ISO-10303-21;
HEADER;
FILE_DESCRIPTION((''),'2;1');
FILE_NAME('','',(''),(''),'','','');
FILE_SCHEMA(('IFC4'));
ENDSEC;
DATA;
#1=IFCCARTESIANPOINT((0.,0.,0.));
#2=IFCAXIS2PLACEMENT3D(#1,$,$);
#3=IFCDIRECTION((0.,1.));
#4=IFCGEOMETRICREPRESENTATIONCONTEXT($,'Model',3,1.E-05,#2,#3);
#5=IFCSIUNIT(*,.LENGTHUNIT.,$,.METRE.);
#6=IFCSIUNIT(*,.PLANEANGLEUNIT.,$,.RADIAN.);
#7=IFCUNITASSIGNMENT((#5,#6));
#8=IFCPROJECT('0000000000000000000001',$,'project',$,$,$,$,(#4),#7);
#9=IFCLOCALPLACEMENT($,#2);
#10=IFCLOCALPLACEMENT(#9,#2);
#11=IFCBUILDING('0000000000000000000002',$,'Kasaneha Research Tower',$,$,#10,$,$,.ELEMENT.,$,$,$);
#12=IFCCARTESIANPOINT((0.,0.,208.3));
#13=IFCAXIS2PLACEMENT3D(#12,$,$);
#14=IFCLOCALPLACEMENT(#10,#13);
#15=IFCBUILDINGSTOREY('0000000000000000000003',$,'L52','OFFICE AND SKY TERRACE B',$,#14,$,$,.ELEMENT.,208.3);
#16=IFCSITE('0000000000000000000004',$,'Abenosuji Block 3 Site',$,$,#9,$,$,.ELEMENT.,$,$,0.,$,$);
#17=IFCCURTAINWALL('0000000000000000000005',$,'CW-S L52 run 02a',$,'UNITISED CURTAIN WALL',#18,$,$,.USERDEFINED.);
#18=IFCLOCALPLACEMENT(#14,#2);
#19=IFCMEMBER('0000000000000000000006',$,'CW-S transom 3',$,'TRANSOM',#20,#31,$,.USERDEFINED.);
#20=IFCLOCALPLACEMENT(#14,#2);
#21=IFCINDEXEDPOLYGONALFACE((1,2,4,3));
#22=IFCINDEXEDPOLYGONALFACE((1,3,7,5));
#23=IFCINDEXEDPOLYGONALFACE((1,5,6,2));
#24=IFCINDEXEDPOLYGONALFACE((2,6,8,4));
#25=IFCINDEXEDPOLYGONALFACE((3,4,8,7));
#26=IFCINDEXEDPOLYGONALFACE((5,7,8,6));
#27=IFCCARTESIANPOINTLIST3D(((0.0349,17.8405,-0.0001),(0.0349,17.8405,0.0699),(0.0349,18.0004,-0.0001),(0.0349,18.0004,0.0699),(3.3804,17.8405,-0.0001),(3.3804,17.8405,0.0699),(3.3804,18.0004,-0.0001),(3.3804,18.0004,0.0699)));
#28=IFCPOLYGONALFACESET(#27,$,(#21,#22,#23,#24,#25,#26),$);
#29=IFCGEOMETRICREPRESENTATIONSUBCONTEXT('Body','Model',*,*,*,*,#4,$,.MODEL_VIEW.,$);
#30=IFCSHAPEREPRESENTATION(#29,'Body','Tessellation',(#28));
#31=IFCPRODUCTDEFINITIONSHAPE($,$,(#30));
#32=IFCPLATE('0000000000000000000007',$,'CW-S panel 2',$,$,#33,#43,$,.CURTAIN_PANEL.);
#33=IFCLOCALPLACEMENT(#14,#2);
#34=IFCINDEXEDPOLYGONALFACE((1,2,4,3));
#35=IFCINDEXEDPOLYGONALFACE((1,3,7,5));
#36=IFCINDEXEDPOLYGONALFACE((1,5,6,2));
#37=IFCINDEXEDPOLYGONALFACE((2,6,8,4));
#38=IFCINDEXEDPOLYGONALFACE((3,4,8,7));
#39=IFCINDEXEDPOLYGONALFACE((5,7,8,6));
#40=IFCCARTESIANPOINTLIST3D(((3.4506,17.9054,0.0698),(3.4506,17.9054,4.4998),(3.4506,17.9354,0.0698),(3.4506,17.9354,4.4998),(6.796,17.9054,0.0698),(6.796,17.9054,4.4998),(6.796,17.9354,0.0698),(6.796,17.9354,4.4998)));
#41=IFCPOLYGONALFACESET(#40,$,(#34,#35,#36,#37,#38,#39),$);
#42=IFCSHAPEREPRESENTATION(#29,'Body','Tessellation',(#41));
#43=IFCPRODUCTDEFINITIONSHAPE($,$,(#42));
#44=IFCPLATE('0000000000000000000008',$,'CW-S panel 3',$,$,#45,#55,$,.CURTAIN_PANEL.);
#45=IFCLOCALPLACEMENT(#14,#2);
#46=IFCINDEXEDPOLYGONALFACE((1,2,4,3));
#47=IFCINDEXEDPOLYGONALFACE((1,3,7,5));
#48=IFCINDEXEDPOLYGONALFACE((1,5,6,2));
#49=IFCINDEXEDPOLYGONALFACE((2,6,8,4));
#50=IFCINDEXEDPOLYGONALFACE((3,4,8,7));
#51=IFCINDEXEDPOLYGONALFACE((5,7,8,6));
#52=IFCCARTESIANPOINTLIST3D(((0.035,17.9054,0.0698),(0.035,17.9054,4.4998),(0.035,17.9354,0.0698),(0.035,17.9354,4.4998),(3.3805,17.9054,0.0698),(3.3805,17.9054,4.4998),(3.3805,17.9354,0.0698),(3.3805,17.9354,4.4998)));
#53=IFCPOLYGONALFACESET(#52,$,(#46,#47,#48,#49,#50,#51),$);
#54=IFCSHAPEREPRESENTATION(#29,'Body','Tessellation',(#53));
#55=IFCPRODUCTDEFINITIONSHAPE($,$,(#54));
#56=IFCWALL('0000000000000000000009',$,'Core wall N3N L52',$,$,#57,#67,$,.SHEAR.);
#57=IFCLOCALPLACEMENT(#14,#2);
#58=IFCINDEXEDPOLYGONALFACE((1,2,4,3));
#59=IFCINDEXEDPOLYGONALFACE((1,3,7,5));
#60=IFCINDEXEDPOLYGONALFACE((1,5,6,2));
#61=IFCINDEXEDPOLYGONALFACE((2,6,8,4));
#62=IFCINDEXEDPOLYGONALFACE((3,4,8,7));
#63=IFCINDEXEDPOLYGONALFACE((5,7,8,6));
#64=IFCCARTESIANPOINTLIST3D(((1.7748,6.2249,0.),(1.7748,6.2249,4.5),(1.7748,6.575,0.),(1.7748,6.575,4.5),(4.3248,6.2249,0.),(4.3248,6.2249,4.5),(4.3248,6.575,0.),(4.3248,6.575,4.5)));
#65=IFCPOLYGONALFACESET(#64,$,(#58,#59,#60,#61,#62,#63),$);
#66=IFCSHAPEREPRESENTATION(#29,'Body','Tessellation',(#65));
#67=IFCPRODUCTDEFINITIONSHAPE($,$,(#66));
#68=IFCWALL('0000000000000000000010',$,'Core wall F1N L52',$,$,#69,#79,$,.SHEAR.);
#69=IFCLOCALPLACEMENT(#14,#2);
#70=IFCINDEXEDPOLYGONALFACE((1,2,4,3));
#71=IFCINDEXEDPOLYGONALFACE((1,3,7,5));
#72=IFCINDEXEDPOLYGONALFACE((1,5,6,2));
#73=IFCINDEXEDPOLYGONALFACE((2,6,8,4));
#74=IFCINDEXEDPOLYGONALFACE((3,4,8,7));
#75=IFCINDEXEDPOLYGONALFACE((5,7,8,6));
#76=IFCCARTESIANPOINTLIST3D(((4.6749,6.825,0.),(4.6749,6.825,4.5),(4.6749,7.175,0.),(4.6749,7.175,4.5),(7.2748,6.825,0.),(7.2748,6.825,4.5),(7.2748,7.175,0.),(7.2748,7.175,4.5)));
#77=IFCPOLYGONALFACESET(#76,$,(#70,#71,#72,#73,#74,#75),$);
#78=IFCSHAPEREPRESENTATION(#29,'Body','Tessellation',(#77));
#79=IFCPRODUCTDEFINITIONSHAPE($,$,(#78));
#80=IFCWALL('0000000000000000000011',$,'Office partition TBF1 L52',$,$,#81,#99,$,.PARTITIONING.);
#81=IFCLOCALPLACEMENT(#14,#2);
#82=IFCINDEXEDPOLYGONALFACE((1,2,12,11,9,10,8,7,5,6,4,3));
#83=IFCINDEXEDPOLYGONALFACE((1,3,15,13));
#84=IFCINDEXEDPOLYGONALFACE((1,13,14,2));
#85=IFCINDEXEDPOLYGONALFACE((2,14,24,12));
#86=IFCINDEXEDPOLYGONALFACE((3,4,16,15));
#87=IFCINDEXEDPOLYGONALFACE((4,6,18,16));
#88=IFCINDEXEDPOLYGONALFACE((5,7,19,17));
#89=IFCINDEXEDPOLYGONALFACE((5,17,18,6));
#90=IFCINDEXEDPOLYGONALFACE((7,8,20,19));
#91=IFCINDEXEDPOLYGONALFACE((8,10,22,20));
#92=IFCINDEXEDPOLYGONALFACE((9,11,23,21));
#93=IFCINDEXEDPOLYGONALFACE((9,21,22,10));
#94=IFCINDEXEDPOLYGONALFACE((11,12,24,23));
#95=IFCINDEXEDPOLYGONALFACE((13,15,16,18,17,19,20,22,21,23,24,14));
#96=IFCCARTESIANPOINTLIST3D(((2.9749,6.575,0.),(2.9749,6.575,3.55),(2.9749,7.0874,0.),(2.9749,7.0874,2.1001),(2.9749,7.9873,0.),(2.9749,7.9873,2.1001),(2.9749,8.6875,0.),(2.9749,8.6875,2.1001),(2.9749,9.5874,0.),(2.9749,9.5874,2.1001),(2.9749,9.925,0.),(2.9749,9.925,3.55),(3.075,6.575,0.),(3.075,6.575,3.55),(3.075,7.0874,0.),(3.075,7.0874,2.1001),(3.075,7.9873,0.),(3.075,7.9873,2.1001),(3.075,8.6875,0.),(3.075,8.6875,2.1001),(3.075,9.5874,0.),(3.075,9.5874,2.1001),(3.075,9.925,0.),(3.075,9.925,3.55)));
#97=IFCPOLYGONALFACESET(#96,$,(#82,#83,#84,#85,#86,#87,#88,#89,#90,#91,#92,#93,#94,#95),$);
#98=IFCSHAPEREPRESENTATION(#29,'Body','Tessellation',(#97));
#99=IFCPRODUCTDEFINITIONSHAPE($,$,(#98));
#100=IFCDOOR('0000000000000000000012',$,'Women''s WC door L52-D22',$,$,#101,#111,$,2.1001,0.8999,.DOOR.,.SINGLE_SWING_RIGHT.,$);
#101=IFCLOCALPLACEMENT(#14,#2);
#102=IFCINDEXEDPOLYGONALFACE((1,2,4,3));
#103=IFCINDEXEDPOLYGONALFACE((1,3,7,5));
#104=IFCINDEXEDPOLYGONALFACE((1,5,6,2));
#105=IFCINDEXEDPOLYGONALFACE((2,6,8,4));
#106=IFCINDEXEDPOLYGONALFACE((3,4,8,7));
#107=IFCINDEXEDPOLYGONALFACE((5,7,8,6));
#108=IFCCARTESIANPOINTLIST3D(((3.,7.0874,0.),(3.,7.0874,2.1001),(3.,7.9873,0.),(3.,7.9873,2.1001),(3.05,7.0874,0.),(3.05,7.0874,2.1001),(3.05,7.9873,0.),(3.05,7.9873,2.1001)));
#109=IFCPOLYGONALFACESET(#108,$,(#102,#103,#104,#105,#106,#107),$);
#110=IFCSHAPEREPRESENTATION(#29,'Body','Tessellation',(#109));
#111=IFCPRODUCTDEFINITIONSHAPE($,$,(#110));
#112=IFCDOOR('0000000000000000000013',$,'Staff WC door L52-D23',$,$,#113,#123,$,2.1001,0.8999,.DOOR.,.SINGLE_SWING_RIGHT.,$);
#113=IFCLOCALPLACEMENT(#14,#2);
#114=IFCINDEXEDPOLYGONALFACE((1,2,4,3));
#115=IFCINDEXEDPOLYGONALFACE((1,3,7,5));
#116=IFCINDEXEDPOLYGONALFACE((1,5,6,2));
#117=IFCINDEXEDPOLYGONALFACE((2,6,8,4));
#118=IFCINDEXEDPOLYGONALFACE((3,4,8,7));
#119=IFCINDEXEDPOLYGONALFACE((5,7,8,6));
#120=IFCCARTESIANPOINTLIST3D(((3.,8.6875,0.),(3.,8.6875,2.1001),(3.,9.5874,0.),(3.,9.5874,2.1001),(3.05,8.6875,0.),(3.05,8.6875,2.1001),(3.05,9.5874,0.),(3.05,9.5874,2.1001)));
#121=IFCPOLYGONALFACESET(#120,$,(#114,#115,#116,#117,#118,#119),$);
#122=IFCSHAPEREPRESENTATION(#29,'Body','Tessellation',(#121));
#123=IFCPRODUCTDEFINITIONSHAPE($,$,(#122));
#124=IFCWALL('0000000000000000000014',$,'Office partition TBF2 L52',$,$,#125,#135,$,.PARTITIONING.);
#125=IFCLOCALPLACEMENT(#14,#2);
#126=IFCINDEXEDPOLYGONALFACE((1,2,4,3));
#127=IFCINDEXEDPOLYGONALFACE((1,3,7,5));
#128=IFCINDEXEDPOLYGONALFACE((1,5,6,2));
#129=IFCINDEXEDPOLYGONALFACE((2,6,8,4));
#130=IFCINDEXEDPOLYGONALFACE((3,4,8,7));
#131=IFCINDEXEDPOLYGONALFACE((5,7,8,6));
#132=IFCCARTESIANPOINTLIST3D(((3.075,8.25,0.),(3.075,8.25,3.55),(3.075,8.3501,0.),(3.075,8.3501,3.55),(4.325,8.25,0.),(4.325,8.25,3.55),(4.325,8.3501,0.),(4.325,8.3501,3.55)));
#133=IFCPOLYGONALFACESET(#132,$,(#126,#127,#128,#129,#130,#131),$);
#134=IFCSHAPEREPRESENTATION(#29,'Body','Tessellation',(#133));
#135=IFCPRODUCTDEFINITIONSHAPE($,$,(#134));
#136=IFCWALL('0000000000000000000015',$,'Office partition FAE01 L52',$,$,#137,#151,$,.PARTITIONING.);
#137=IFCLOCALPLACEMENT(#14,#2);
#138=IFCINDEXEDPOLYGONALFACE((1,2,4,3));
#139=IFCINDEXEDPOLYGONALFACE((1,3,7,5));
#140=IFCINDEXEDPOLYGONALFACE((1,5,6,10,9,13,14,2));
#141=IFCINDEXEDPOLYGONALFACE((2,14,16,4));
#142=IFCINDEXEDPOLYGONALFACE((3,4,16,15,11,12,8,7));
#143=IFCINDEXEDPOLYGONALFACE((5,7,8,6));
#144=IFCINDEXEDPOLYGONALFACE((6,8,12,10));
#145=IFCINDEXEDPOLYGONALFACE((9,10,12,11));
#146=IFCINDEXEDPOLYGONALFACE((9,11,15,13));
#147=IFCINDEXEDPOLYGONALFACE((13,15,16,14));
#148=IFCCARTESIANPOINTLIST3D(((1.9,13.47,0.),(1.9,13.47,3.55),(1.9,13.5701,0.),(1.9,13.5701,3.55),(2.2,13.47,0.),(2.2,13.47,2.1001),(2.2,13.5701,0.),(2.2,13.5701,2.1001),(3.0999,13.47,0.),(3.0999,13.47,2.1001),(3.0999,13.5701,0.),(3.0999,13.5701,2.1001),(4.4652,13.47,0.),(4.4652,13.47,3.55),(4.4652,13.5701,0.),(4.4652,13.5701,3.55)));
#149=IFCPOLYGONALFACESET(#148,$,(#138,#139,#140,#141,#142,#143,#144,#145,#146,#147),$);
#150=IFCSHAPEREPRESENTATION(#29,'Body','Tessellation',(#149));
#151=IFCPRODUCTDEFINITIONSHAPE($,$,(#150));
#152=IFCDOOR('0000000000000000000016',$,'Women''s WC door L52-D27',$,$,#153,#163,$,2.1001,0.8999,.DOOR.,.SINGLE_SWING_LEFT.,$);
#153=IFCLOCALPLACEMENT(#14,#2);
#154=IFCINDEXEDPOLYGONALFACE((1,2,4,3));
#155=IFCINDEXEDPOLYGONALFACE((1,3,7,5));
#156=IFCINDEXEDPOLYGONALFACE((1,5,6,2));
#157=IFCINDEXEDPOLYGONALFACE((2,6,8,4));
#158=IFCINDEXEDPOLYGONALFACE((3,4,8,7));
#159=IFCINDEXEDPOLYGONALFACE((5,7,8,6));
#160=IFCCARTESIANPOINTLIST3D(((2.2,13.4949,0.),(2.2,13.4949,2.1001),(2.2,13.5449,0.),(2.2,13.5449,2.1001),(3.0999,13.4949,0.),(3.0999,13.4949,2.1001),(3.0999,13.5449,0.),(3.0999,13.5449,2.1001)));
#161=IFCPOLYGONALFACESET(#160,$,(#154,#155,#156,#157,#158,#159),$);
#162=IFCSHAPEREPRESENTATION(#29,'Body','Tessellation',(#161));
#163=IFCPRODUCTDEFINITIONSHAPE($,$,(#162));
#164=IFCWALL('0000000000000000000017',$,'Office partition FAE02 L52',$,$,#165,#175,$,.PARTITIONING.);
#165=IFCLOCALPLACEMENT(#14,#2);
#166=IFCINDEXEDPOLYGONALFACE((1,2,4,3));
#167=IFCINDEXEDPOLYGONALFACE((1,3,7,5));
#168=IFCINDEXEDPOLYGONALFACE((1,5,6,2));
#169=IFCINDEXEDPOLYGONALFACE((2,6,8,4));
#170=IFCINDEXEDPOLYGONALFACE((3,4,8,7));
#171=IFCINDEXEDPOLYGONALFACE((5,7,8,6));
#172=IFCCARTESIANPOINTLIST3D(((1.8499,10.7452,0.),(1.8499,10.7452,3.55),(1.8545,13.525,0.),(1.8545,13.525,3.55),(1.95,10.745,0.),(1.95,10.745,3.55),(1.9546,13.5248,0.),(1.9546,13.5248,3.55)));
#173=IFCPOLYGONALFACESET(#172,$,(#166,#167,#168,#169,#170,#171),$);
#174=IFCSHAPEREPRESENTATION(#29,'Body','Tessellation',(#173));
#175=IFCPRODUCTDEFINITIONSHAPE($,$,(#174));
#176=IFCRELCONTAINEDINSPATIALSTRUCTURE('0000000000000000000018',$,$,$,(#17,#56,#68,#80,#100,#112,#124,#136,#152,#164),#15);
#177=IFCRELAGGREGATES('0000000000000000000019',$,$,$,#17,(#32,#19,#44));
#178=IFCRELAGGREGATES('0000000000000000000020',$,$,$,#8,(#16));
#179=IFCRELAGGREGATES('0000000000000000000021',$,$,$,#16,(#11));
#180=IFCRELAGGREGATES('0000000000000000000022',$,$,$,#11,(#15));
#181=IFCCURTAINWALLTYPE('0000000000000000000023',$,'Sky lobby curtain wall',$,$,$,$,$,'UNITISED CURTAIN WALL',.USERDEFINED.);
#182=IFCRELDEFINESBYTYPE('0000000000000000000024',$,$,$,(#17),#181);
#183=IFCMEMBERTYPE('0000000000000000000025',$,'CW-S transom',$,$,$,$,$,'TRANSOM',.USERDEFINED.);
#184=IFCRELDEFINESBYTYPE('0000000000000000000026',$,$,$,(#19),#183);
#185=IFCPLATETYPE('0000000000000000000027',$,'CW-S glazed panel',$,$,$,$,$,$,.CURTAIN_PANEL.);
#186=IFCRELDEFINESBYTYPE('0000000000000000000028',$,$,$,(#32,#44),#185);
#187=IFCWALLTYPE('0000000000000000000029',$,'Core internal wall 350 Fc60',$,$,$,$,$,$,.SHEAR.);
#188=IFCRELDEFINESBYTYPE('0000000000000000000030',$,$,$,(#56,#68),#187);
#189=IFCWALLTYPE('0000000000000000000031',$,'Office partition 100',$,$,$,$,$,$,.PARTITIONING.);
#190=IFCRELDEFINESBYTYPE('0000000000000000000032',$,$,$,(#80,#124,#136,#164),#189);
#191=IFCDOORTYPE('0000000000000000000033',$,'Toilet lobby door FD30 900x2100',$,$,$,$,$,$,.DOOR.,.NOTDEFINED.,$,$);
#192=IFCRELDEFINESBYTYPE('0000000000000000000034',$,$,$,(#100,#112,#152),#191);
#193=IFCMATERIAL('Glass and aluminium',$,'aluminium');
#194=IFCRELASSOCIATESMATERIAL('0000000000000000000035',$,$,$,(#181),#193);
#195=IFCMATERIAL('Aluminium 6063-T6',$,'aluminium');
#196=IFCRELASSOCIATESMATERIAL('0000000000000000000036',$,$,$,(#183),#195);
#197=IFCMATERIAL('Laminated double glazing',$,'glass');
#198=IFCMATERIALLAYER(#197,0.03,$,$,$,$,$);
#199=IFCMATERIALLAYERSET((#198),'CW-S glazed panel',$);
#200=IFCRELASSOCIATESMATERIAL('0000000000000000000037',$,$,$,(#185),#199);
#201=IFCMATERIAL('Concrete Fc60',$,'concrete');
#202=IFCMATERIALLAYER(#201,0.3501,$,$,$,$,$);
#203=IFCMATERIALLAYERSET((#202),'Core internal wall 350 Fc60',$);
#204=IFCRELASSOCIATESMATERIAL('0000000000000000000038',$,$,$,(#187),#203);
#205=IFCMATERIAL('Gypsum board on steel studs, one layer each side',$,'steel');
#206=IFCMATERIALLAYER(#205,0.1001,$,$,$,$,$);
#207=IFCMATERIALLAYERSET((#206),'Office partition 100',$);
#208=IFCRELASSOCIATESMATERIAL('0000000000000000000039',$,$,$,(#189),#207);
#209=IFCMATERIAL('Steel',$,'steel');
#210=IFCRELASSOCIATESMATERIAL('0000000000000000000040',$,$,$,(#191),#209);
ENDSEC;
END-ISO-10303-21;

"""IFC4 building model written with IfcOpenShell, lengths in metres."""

from ifc_helpers import new_model, si_unit, direction, frame, frame_2d, origin, origin_2d, place, context, subcontext, project, spatial, rectangle, extrude, material, layer, layer_set, material_profile, profile_set, type_object, element, fill, aggregate, save


model = new_model("IFC4")

# Units and contexts
model_context = context("Model", 3, precision=1e-05, world=origin(), true_north=direction((0.0, 1.0)))
body_context = subcontext(model_context, "Body", "Model", "MODEL_VIEW")
ifc_project = project(units=[si_unit("LENGTHUNIT", "METRE"), si_unit("PLANEANGLEUNIT", "RADIAN")], contexts=[model_context])

# Site, building, storey
site_placement = place(None, origin())
site = spatial("IfcSite", under=ifc_project, at=site_placement, Name="Abenosuji Block 3 Site", CompositionType="ELEMENT", RefElevation=0.0)
building_placement = place(site_placement, origin())
building = spatial("IfcBuilding", under=site, at=building_placement, Name="Kasaneha Research Tower", CompositionType="ELEMENT")
storey_placement = place(building_placement, frame((0.0, 0.0, 208.3)))
storey = spatial("IfcBuildingStorey", under=building, at=storey_placement, Name="L52", Description="OFFICE AND SKY TERRACE B", CompositionType="ELEMENT", Elevation=208.3)

# Curtain wall, member, plates
ifc_material_1 = material(Name="Glass and aluminium", Category="aluminium")
curtain_wall_type = type_object("IfcCurtainWallType", Name="Sky lobby curtain wall", ElementType="UNITISED CURTAIN WALL", PredefinedType="USERDEFINED", material=ifc_material_1)
curtain_wall_placement = place(storey_placement, origin())
curtain_wall = element("IfcCurtainWall", 1, at=curtain_wall_placement, inside=storey, type_object=curtain_wall_type, Name="CW-S L52 run 02a", ObjectType="UNITISED CURTAIN WALL", PredefinedType="USERDEFINED")
ifc_material_2 = material(Name="Aluminium 6063-T6", Category="aluminium")
ifc_material_profile = material_profile(ifc_material_2, rectangle(XDim=0.1599, YDim=0.0701, at=origin_2d()), Name="CW-S transom 160x70")
ifc_profile_set = profile_set([ifc_material_profile], Name="Aluminium 6063-T6")
member_type = type_object("IfcMemberType", Name="CW-S transom", ElementType="TRANSOM", PredefinedType="USERDEFINED", material=ifc_profile_set)
member_placement = place(storey_placement, frame((3.3804, 17.9204, 0.0349), z_axis=(-1.0, 0.0, 0.0), x_axis=(0.0, -1.0, 0.0)))
member = element("IfcMember", 2, at=member_placement, type_object=member_type, Name="CW-S transom 3", ObjectType="TRANSOM", PredefinedType="USERDEFINED", context=body_context, shape_type="SweptSolid", body=[
    extrude(rectangle(XDim=0.1599, YDim=0.0701, at=origin_2d()), origin(), (0.0, 0.0, 1.0), 3.3455),
])
ifc_material_3 = material(Name="Laminated double glazing", Category="glass")
ifc_layer_1 = layer(ifc_material_3, 0.03)
ifc_layer_set_1 = layer_set([ifc_layer_1], Name="CW-S glazed panel")
plate_type = type_object("IfcPlateType", Name="CW-S glazed panel", PredefinedType="CURTAIN_PANEL", material=ifc_layer_set_1)
plate_1_placement = place(storey_placement, frame((5.1233, 17.9204, 0.0698), z_axis=(0.0, 0.0, 1.0), x_axis=(-1.0, 0.0, 0.0)))
plate_1 = element("IfcPlate", 3, at=plate_1_placement, type_object=plate_type, Name="CW-S panel 2", PredefinedType="CURTAIN_PANEL", context=body_context, shape_type="SweptSolid", body=[
    extrude(rectangle(XDim=3.3455, YDim=0.03, at=origin_2d()), origin(), (0.0, 0.0, 1.0), 4.4299),
])
plate_2_placement = place(storey_placement, frame((1.7078, 17.9204, 0.0698), z_axis=(0.0, 0.0, 1.0), x_axis=(-1.0, 0.0, 0.0)))
plate_2 = element("IfcPlate", 4, at=plate_2_placement, type_object=plate_type, Name="CW-S panel 3", PredefinedType="CURTAIN_PANEL", context=body_context, shape_type="SweptSolid", body=[
    extrude(rectangle(XDim=3.3455, YDim=0.03, at=origin_2d()), origin(), (0.0, 0.0, 1.0), 4.4299),
])
aggregate(curtain_wall, [plate_1, member, plate_2])

# Walls
ifc_material_4 = material(Name="Concrete Fc60", Category="concrete")
ifc_layer_2 = layer(ifc_material_4, 0.3501)
ifc_layer_set_2 = layer_set([ifc_layer_2], Name="Core internal wall 350 Fc60")
wall_type_1 = type_object("IfcWallType", Name="Core internal wall 350 Fc60", PredefinedType="SHEAR", material=ifc_layer_set_2)
wall_1_placement = place(storey_placement, frame((1.7749, 6.3999, 0.0), z_axis=(0.0, 0.0, 1.0), x_axis=(1.0, 0.0, 0.0)))
element("IfcWall", 5, at=wall_1_placement, inside=storey, type_object=wall_type_1, Name="Core wall N3N L52", PredefinedType="SHEAR", context=body_context, shape_type="SweptSolid", body=[
    extrude(rectangle(XDim=2.55, YDim=0.3501, at=frame_2d((1.2749, 0.0))), origin(), (0.0, 0.0, 1.0), 4.5),
])
wall_2_placement = place(storey_placement, frame((4.675, 7.0, 0.0), z_axis=(0.0, 0.0, 1.0), x_axis=(1.0, 0.0, 0.0)))
element("IfcWall", 6, at=wall_2_placement, inside=storey, type_object=wall_type_1, Name="Core wall F1N L52", PredefinedType="SHEAR", context=body_context, shape_type="SweptSolid", body=[
    extrude(rectangle(XDim=2.5999, YDim=0.3501, at=frame_2d((1.2998, 0.0))), origin(), (0.0, 0.0, 1.0), 4.5),
])

# Wall, openings, doors
ifc_material_5 = material(Name="Gypsum board on steel studs, one layer each side", Category="steel")
ifc_layer_3 = layer(ifc_material_5, 0.1001)
ifc_layer_set_3 = layer_set([ifc_layer_3], Name="Office partition 100")
wall_type_2 = type_object("IfcWallType", Name="Office partition 100", PredefinedType="PARTITIONING", material=ifc_layer_set_3)
wall_3_placement = place(storey_placement, frame((3.0249, 6.575, 0.0), z_axis=(0.0, 0.0, 1.0), x_axis=(0.0, 1.0, 0.0)))
wall_3 = element("IfcWall", 7, at=wall_3_placement, inside=storey, type_object=wall_type_2, Name="Office partition TBF1 L52", PredefinedType="PARTITIONING", context=body_context, shape_type="SweptSolid", body=[
    extrude(rectangle(XDim=3.3501, YDim=0.1001, at=frame_2d((1.675, 0.0))), origin(), (0.0, 0.0, 1.0), 3.55),
])
opening_1_placement = place(wall_3_placement, frame((0.5125, 0.0, 0.0)))
opening_1 = element("IfcOpeningElement", 8, at=opening_1_placement, cuts=wall_3, PredefinedType="OPENING", context=body_context, shape_type="SweptSolid", body=[
    extrude(rectangle(XDim=0.8999, YDim=2.1001, at=frame_2d((0.45, 1.05))), frame((0.0, 0.0601, 0.0), z_axis=(0.0, -1.0, 0.0), x_axis=(1.0, 0.0, 0.0)), (0.0, 0.0, 1.0), 0.1201),
])
opening_2_placement = place(wall_3_placement, frame((2.1125, 0.0, 0.0)))
opening_2 = element("IfcOpeningElement", 9, at=opening_2_placement, cuts=wall_3, PredefinedType="OPENING", context=body_context, shape_type="SweptSolid", body=[
    extrude(rectangle(XDim=0.8999, YDim=2.1001, at=frame_2d((0.45, 1.05))), frame((0.0, 0.0601, 0.0), z_axis=(0.0, -1.0, 0.0), x_axis=(1.0, 0.0, 0.0)), (0.0, 0.0, 1.0), 0.1201),
])
ifc_material_6 = material(Name="Steel", Category="steel")
door_type = type_object("IfcDoorType", Name="Toilet lobby door FD30 900x2100", OperationType="NOTDEFINED", PredefinedType="DOOR", material=ifc_material_6)
door_1_placement = place(opening_1_placement, origin())
door_1 = element("IfcDoor", 10, at=door_1_placement, inside=storey, type_object=door_type, Name="Women's WC door L52-D22", OperationType="SINGLE_SWING_RIGHT", OverallHeight=2.1001, OverallWidth=0.8999, PredefinedType="DOOR", context=body_context, shape_type="SweptSolid", body=[
    extrude(rectangle(XDim=0.8999, YDim=2.1001, at=frame_2d((0.45, 1.05))), frame((0.0, 0.0249, 0.0), z_axis=(0.0, -1.0, 0.0), x_axis=(1.0, 0.0, 0.0)), (0.0, 0.0, 1.0), 0.05),
])
fill(opening_1, door_1)
door_2_placement = place(opening_2_placement, origin())
door_2 = element("IfcDoor", 11, at=door_2_placement, inside=storey, type_object=door_type, Name="Staff WC door L52-D23", OperationType="SINGLE_SWING_RIGHT", OverallHeight=2.1001, OverallWidth=0.8999, PredefinedType="DOOR", context=body_context, shape_type="SweptSolid", body=[
    extrude(rectangle(XDim=0.8999, YDim=2.1001, at=frame_2d((0.45, 1.05))), frame((0.0, 0.0249, 0.0), z_axis=(0.0, -1.0, 0.0), x_axis=(1.0, 0.0, 0.0)), (0.0, 0.0, 1.0), 0.05),
])
fill(opening_2, door_2)

# Wall
wall_4_placement = place(storey_placement, frame((3.075, 8.3, 0.0), z_axis=(0.0, 0.0, 1.0), x_axis=(1.0, 0.0, 0.0)))
element("IfcWall", 12, at=wall_4_placement, inside=storey, type_object=wall_type_2, Name="Office partition TBF2 L52", PredefinedType="PARTITIONING", context=body_context, shape_type="SweptSolid", body=[
    extrude(rectangle(XDim=1.25, YDim=0.1001, at=frame_2d((0.625, 0.0))), origin(), (0.0, 0.0, 1.0), 3.55),
])

# Wall, opening, door
wall_5_placement = place(storey_placement, frame((1.8999, 13.52, 0.0), z_axis=(0.0, 0.0, 1.0), x_axis=(1.0, 0.0, 0.0)))
wall_5 = element("IfcWall", 13, at=wall_5_placement, inside=storey, type_object=wall_type_2, Name="Office partition FAE01 L52", PredefinedType="PARTITIONING", context=body_context, shape_type="SweptSolid", body=[
    extrude(rectangle(XDim=2.5652, YDim=0.1001, at=frame_2d((1.2827, 0.0))), origin(), (0.0, 0.0, 1.0), 3.55),
])
opening_3_placement = place(wall_5_placement, frame((0.3, 0.0, 0.0)))
opening_3 = element("IfcOpeningElement", 14, at=opening_3_placement, cuts=wall_5, PredefinedType="OPENING", context=body_context, shape_type="SweptSolid", body=[
    extrude(rectangle(XDim=0.8999, YDim=2.1001, at=frame_2d((0.45, 1.05))), frame((0.0, 0.0601, 0.0), z_axis=(0.0, -1.0, 0.0), x_axis=(1.0, 0.0, 0.0)), (0.0, 0.0, 1.0), 0.1201),
])
door_3_placement = place(opening_3_placement, origin())
door_3 = element("IfcDoor", 15, at=door_3_placement, inside=storey, type_object=door_type, Name="Women's WC door L52-D27", OperationType="SINGLE_SWING_LEFT", OverallHeight=2.1001, OverallWidth=0.8999, PredefinedType="DOOR", context=body_context, shape_type="SweptSolid", body=[
    extrude(rectangle(XDim=0.8999, YDim=2.1001, at=frame_2d((0.45, 1.05))), frame((0.0, 0.0249, 0.0), z_axis=(0.0, -1.0, 0.0), x_axis=(1.0, 0.0, 0.0)), (0.0, 0.0, 1.0), 0.05),
])
fill(opening_3, door_3)

# Wall
for number, where, z_axis, x_axis, name in (
    (16, (1.8999, 10.7451, 0.0), (0.0, 0.0, 1.0), (0.001669, 0.999999, 0.0), "Office partition FAE02 L52"),
):
    element("IfcWall", number, at=place(storey_placement, frame(where, z_axis=z_axis, x_axis=x_axis)), inside=storey, type_object=wall_type_2, Name=name, PredefinedType="PARTITIONING", context=body_context, shape_type="SweptSolid", body=[
        extrude(rectangle(XDim=2.7798, YDim=0.1001, at=frame_2d((1.3899, 0.0))), origin(), (0.0, 0.0, 1.0), 3.55),
    ])

save(model, "model.ifc")
